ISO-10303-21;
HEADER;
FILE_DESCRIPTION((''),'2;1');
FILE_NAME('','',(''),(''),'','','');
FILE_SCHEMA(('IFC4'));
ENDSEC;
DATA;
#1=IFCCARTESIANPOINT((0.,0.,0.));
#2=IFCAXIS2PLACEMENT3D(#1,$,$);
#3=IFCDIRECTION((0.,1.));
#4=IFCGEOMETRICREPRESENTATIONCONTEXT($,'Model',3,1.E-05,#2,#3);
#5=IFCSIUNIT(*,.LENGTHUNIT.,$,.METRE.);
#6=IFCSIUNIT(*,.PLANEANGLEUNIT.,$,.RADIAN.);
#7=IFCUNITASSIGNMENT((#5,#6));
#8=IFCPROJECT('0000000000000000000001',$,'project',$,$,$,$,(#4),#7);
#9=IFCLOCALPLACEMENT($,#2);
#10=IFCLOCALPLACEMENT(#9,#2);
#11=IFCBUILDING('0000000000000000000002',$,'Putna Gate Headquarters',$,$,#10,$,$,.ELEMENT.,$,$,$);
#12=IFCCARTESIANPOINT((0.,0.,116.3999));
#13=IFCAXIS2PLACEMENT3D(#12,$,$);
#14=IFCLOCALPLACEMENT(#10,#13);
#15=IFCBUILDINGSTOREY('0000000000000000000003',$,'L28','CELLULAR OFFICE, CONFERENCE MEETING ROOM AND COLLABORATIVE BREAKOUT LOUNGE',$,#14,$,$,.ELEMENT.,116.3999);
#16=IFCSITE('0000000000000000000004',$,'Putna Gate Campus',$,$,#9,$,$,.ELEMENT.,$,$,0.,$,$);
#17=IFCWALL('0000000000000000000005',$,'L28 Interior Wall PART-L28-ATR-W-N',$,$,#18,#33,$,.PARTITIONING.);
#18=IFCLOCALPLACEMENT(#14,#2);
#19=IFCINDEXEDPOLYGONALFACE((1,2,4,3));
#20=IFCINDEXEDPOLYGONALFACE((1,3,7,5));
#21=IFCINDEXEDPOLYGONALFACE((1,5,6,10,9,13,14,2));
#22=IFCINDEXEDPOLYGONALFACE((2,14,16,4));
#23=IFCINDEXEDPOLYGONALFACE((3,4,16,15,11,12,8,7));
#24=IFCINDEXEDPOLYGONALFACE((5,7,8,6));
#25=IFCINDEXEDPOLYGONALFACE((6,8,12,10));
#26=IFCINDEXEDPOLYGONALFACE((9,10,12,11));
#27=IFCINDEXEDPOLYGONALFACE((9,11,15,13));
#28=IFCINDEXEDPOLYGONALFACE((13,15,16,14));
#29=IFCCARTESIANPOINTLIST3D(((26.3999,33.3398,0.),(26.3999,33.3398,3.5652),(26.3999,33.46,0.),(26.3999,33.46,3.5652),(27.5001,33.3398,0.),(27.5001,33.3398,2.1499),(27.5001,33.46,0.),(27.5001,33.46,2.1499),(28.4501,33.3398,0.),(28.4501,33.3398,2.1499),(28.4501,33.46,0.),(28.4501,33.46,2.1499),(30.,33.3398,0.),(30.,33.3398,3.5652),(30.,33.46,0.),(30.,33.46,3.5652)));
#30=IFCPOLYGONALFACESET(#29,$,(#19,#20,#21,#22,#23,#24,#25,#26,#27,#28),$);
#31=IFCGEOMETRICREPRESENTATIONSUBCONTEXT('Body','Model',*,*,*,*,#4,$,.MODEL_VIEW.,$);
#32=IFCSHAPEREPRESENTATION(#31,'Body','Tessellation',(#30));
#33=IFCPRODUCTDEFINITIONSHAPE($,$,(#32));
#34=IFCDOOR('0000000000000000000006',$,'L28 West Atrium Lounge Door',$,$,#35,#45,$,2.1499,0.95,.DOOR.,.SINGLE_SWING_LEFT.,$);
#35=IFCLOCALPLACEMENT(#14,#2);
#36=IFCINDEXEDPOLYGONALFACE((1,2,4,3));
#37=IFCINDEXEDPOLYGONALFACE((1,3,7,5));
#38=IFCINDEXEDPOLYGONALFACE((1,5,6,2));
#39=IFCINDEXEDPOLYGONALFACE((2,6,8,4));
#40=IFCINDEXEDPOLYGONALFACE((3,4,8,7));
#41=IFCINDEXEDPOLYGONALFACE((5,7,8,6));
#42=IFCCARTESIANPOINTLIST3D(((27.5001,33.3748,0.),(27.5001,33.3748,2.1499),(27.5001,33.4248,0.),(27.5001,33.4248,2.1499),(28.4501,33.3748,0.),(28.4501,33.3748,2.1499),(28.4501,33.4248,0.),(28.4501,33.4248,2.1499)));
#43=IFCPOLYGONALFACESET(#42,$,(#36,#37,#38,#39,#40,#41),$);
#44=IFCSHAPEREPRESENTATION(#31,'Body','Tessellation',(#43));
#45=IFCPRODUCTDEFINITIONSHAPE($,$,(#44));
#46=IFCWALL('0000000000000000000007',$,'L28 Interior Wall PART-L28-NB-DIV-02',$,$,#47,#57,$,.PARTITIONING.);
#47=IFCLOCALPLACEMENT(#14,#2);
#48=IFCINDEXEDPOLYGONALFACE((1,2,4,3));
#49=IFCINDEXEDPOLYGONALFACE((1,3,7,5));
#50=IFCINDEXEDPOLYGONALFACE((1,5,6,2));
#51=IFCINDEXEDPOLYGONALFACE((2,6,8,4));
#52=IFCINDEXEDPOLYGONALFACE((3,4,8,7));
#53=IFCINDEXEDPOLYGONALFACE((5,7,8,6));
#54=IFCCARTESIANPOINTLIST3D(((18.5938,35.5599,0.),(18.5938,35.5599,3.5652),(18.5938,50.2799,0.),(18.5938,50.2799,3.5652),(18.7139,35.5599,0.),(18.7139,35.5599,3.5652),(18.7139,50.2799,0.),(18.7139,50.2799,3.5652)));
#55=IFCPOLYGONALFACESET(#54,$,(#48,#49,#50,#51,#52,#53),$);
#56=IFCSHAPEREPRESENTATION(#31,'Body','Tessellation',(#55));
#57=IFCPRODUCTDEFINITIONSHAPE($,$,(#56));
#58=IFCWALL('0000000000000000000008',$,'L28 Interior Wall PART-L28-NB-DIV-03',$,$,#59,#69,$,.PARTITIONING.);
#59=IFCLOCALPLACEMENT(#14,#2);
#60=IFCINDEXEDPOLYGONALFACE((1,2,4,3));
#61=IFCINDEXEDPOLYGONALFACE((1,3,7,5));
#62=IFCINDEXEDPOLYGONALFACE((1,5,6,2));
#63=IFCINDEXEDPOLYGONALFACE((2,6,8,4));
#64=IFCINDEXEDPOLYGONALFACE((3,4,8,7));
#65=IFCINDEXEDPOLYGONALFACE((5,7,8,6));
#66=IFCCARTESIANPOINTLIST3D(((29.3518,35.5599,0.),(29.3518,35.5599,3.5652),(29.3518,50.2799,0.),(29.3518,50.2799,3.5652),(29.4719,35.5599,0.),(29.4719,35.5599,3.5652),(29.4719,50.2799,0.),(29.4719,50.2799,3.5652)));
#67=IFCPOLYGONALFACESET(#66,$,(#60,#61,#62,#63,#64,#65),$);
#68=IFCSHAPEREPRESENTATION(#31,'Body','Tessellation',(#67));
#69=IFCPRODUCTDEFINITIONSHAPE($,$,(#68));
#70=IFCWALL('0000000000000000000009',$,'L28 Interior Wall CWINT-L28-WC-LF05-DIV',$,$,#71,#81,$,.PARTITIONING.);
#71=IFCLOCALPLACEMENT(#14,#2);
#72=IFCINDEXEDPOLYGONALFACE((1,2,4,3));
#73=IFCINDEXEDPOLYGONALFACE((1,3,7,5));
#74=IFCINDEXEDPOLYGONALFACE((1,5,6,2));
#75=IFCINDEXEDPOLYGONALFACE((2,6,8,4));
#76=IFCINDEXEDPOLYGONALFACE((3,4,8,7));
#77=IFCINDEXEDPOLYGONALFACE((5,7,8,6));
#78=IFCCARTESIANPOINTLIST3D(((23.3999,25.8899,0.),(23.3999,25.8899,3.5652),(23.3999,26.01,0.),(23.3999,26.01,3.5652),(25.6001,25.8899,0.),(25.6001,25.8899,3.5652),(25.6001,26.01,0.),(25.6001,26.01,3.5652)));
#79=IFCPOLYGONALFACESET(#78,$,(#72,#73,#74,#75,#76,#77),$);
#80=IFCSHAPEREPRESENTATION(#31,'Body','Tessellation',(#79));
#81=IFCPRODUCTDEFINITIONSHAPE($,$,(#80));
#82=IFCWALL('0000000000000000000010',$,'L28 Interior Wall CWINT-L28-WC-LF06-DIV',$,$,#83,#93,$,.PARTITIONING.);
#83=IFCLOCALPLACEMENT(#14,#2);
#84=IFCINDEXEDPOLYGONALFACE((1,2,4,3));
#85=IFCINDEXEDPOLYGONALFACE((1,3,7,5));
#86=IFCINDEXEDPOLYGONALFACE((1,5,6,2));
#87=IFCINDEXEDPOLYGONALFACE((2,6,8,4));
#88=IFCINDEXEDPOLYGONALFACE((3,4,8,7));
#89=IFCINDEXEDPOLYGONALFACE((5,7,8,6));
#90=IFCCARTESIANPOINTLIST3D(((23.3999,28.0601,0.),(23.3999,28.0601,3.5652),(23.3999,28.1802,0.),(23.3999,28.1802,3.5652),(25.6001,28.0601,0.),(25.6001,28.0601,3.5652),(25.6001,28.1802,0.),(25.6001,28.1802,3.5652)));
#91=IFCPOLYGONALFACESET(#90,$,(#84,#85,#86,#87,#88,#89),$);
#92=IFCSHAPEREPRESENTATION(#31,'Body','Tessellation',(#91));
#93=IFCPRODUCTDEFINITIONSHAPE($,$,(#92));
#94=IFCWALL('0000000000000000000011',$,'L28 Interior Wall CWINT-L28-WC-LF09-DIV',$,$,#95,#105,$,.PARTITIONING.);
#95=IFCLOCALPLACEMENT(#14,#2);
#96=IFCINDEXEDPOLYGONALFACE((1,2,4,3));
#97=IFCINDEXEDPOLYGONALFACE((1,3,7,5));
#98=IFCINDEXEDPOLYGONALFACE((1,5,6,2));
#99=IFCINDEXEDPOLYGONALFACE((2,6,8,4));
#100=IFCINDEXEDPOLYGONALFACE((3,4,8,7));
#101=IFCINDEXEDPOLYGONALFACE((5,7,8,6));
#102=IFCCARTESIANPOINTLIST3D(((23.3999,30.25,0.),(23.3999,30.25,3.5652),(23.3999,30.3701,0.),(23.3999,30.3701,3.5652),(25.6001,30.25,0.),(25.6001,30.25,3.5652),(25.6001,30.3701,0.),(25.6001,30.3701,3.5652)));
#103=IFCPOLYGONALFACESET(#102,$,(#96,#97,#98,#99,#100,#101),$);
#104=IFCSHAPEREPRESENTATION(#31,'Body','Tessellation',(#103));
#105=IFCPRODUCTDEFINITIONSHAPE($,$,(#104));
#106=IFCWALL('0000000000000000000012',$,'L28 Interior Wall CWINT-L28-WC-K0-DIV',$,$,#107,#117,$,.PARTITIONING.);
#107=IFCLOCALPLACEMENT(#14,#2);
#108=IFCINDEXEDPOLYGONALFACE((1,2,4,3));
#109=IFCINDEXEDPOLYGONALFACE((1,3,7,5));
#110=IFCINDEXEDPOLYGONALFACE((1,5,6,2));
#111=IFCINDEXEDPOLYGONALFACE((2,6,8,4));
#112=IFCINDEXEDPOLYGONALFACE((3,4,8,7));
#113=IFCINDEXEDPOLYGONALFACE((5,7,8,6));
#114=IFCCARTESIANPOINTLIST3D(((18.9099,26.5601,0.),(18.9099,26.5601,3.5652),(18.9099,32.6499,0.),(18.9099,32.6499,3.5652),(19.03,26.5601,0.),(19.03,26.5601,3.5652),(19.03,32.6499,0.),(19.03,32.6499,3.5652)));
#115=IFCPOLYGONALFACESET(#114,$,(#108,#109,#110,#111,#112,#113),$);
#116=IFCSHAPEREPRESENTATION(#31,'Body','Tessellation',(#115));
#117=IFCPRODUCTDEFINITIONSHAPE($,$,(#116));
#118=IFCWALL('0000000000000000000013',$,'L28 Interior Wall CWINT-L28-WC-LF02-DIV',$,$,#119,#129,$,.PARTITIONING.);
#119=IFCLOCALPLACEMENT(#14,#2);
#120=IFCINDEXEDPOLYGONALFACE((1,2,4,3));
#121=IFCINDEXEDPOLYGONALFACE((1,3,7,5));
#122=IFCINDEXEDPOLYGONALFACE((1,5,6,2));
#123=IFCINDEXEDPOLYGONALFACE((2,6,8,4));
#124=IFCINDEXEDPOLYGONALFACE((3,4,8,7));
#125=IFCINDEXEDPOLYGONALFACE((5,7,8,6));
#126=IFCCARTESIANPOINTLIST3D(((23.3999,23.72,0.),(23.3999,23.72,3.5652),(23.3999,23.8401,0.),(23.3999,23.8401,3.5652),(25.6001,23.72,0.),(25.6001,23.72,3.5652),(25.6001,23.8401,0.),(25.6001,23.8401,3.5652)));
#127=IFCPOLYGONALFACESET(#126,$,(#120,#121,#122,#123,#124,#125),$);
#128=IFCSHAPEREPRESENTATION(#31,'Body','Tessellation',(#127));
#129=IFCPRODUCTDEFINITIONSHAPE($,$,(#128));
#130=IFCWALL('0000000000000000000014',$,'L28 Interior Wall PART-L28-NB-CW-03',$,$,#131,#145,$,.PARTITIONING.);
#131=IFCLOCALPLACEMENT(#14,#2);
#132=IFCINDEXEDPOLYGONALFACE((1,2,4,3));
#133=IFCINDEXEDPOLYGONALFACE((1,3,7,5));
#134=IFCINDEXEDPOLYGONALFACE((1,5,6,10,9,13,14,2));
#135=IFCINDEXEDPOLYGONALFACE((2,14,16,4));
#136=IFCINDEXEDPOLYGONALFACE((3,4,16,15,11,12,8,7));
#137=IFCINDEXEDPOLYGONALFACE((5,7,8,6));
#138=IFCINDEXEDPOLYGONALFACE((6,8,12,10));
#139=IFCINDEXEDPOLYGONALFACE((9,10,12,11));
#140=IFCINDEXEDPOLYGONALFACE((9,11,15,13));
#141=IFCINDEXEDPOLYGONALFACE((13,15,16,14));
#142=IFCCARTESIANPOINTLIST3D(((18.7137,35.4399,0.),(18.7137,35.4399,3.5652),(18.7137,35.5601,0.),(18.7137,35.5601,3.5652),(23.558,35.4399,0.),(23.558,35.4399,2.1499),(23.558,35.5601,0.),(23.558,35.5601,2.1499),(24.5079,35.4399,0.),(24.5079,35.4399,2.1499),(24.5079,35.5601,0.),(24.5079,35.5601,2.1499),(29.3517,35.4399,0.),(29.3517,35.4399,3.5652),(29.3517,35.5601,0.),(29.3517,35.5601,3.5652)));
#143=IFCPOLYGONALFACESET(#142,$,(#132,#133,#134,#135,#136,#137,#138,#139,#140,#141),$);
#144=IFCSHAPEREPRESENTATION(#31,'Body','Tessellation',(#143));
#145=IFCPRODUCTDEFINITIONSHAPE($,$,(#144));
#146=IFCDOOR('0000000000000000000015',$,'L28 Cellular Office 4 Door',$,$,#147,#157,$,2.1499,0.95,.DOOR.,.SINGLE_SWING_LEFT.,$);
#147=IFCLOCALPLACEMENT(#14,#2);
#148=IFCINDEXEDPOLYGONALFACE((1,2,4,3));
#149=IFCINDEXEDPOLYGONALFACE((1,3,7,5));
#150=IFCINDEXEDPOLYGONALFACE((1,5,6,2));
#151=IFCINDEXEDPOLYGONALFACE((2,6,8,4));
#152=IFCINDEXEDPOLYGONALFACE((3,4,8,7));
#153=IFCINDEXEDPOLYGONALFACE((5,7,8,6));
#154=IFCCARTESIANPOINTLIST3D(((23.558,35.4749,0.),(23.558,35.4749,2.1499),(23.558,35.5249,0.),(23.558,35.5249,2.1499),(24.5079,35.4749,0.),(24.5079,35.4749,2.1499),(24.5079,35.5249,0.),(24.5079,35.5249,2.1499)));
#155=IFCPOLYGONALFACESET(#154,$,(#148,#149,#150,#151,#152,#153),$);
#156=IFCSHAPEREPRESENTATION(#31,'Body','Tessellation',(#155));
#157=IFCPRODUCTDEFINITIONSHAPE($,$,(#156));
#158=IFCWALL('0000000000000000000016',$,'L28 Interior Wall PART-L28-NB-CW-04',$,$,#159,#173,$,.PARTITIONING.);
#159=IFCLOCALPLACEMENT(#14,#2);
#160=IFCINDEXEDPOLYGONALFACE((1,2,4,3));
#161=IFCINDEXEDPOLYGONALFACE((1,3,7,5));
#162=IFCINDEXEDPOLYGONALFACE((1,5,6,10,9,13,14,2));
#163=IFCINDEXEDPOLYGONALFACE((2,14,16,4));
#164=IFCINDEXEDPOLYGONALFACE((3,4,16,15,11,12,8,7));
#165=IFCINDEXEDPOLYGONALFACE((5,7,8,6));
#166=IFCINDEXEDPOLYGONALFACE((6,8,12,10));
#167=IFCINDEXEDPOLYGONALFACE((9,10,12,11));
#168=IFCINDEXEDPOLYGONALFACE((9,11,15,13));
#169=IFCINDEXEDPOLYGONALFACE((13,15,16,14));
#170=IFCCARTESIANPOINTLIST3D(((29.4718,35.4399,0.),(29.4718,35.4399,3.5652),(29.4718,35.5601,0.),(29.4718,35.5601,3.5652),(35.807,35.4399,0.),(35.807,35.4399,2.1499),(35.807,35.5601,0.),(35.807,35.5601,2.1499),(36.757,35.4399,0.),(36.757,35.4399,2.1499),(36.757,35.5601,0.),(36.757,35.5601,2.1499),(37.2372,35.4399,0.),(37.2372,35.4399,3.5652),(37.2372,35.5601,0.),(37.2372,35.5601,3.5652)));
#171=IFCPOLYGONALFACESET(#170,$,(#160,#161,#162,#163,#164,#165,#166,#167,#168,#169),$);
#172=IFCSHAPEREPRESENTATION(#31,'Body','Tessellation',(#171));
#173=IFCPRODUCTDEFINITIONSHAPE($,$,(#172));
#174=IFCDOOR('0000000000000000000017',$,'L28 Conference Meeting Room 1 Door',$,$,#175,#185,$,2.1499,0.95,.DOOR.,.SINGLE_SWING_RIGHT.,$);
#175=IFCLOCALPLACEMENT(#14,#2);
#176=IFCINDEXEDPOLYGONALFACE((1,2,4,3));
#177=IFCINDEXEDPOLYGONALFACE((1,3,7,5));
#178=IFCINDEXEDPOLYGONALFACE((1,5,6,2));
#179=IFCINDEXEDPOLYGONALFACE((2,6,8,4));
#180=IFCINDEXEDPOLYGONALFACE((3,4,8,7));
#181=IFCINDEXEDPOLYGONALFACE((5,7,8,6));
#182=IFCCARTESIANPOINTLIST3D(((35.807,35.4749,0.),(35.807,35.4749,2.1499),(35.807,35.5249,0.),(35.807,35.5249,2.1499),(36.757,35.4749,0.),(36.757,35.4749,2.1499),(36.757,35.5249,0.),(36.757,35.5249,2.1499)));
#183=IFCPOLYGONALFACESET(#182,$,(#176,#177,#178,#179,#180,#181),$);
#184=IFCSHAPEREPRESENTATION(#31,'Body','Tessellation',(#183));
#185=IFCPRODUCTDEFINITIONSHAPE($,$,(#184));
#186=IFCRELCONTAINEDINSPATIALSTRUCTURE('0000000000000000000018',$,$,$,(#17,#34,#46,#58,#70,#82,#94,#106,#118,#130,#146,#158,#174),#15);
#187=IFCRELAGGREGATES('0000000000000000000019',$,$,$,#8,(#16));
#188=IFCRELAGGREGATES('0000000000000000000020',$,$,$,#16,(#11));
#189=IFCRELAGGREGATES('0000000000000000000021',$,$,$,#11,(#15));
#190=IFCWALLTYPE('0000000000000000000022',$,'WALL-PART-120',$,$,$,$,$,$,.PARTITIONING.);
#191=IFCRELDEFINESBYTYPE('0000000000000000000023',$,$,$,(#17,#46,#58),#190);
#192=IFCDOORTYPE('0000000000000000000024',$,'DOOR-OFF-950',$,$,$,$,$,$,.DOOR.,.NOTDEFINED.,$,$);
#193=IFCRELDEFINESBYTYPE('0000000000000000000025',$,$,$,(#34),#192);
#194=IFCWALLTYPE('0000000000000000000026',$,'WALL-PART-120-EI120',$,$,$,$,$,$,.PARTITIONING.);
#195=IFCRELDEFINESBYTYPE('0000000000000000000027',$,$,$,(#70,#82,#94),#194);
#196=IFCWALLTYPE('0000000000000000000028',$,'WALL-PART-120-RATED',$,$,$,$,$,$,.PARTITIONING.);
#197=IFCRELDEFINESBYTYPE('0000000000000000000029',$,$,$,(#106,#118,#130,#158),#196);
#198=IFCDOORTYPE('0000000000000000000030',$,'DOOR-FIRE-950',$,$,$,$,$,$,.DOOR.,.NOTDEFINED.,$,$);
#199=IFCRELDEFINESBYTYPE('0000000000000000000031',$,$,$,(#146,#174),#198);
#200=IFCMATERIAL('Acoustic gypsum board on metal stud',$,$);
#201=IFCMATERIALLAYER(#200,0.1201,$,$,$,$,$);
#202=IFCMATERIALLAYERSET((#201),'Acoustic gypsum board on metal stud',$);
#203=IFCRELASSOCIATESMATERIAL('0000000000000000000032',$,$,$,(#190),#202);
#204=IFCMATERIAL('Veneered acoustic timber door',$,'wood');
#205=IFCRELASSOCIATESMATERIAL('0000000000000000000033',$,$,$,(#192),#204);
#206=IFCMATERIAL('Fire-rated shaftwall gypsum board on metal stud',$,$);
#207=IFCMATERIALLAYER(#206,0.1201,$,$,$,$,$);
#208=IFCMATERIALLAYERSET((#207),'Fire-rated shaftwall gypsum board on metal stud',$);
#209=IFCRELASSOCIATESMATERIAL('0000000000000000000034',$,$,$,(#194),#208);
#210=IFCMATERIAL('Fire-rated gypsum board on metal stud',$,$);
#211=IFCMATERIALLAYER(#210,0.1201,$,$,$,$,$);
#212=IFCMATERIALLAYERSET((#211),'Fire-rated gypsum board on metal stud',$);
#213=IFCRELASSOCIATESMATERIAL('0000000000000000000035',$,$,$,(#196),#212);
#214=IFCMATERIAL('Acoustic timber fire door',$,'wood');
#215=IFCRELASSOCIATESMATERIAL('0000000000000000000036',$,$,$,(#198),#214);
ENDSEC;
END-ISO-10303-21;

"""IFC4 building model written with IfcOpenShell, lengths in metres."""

from ifc_helpers import new_model, si_unit, direction, frame, frame_2d, origin, place, context, subcontext, project, spatial, rectangle, extrude, material, layer, layer_set, type_object, element, fill, save


model = new_model("IFC4")

# Units and contexts
model_context = context("Model", 3, precision=1e-05, world=origin(), true_north=direction((0.0, 1.0)))
body_context = subcontext(model_context, "Body", "Model", "MODEL_VIEW")
ifc_project = project(units=[si_unit("LENGTHUNIT", "METRE"), si_unit("PLANEANGLEUNIT", "RADIAN")], contexts=[model_context])

# Site, building, storey
site_placement = place(None, origin())
site = spatial("IfcSite", under=ifc_project, at=site_placement, Name="Putna Gate Campus", CompositionType="ELEMENT", RefElevation=0.0)
building_placement = place(site_placement, origin())
building = spatial("IfcBuilding", under=site, at=building_placement, Name="Putna Gate Headquarters", CompositionType="ELEMENT")
storey_placement = place(building_placement, frame((0.0, 0.0, 116.3999)))
storey = spatial("IfcBuildingStorey", under=building, at=storey_placement, Name="L28", Description="CELLULAR OFFICE, CONFERENCE MEETING ROOM AND COLLABORATIVE BREAKOUT LOUNGE", CompositionType="ELEMENT", Elevation=116.3999)

# Wall, opening, door
ifc_material_1 = material(Name="Acoustic gypsum board on metal stud")
ifc_layer_1 = layer(ifc_material_1, 0.1201)
ifc_layer_set_1 = layer_set([ifc_layer_1], Name="Acoustic gypsum board on metal stud")
wall_type_1 = type_object("IfcWallType", Name="WALL-PART-120", PredefinedType="PARTITIONING", material=ifc_layer_set_1)
wall_1_placement = place(storey_placement, frame((26.3999, 33.3999, 0.0), z_axis=(0.0, 0.0, 1.0), x_axis=(1.0, 0.0, 0.0)))
wall_1 = element("IfcWall", 1, at=wall_1_placement, inside=storey, type_object=wall_type_1, Name="L28 Interior Wall PART-L28-ATR-W-N", PredefinedType="PARTITIONING", context=body_context, shape_type="SweptSolid", body=[
    extrude(rectangle(XDim=3.6001, YDim=0.1201, at=frame_2d((1.8, 0.0))), origin(), (0.0, 0.0, 1.0), 3.5652),
])
opening_1_placement = place(wall_1_placement, frame((1.1001, 0.0, 0.0)))
opening_1 = element("IfcOpeningElement", 2, at=opening_1_placement, cuts=wall_1, PredefinedType="OPENING", context=body_context, shape_type="SweptSolid", body=[
    extrude(rectangle(XDim=0.95, YDim=2.1499, at=frame_2d((0.4751, 1.075))), frame((0.0, 0.0701, 0.0), z_axis=(0.0, -1.0, 0.0), x_axis=(1.0, 0.0, 0.0)), (0.0, 0.0, 1.0), 0.1401),
])
ifc_material_2 = material(Name="Veneered acoustic timber door", Category="wood")
door_type_1 = type_object("IfcDoorType", Name="DOOR-OFF-950", OperationType="NOTDEFINED", PredefinedType="DOOR", material=ifc_material_2)
door_1_placement = place(opening_1_placement, origin())
door_1 = element("IfcDoor", 3, at=door_1_placement, inside=storey, type_object=door_type_1, Name="L28 West Atrium Lounge Door", OperationType="SINGLE_SWING_LEFT", OverallHeight=2.1499, OverallWidth=0.95, PredefinedType="DOOR", context=body_context, shape_type="SweptSolid", body=[
    extrude(rectangle(XDim=0.95, YDim=2.1499, at=frame_2d((0.4751, 1.075))), frame((0.0, 0.0249, 0.0), z_axis=(0.0, -1.0, 0.0), x_axis=(1.0, 0.0, 0.0)), (0.0, 0.0, 1.0), 0.05),
])
fill(opening_1, door_1)

# Walls
for number, where, z_axis, x_axis, name in (
    (4, (18.6538, 35.5601, 0.0), (0.0, 0.0, 1.0), (0.0, 1.0, 0.0), "L28 Interior Wall PART-L28-NB-DIV-02"),
    (5, (29.4119, 35.5601, 0.0), (0.0, 0.0, 1.0), (0.0, 1.0, 0.0), "L28 Interior Wall PART-L28-NB-DIV-03"),
):
    element("IfcWall", number, at=place(storey_placement, frame(where, z_axis=z_axis, x_axis=x_axis)), inside=storey, type_object=wall_type_1, Name=name, PredefinedType="PARTITIONING", context=body_context, shape_type="SweptSolid", body=[
        extrude(rectangle(XDim=14.72, YDim=0.1201, at=frame_2d((7.3599, 0.0))), origin(), (0.0, 0.0, 1.0), 3.5652),
    ])
ifc_material_3 = material(Name="Fire-rated shaftwall gypsum board on metal stud")
ifc_layer_2 = layer(ifc_material_3, 0.1201)
ifc_layer_set_2 = layer_set([ifc_layer_2], Name="Fire-rated shaftwall gypsum board on metal stud")
wall_type_2 = type_object("IfcWallType", Name="WALL-PART-120-EI120", PredefinedType="PARTITIONING", material=ifc_layer_set_2)
for number, where, z_axis, x_axis, name in (
    (6, (23.3999, 25.95, 0.0), (0.0, 0.0, 1.0), (1.0, 0.0, 0.0), "L28 Interior Wall CWINT-L28-WC-LF05-DIV"),
    (7, (23.3999, 28.1201, 0.0), (0.0, 0.0, 1.0), (1.0, 0.0, 0.0), "L28 Interior Wall CWINT-L28-WC-LF06-DIV"),
    (8, (23.3999, 30.3101, 0.0), (0.0, 0.0, 1.0), (1.0, 0.0, 0.0), "L28 Interior Wall CWINT-L28-WC-LF09-DIV"),
):
    element("IfcWall", number, at=place(storey_placement, frame(where, z_axis=z_axis, x_axis=x_axis)), inside=storey, type_object=wall_type_2, Name=name, PredefinedType="PARTITIONING", context=body_context, shape_type="SweptSolid", body=[
        extrude(rectangle(XDim=2.2002, YDim=0.1201, at=frame_2d((1.1001, 0.0))), origin(), (0.0, 0.0, 1.0), 3.5652),
    ])
ifc_material_4 = material(Name="Fire-rated gypsum board on metal stud")
ifc_layer_3 = layer(ifc_material_4, 0.1201)
ifc_layer_set_3 = layer_set([ifc_layer_3], Name="Fire-rated gypsum board on metal stud")
wall_type_3 = type_object("IfcWallType", Name="WALL-PART-120-RATED", PredefinedType="PARTITIONING", material=ifc_layer_set_3)
wall_2_placement = place(storey_placement, frame((18.97, 26.5601, 0.0), z_axis=(0.0, 0.0, 1.0), x_axis=(0.0, 1.0, 0.0)))
element("IfcWall", 9, at=wall_2_placement, inside=storey, type_object=wall_type_3, Name="L28 Interior Wall CWINT-L28-WC-K0-DIV", PredefinedType="PARTITIONING", context=body_context, shape_type="SweptSolid", body=[
    extrude(rectangle(XDim=6.0898, YDim=0.1201, at=frame_2d((3.0449, 0.0))), origin(), (0.0, 0.0, 1.0), 3.5652),
])
wall_3_placement = place(storey_placement, frame((23.3999, 23.78, 0.0), z_axis=(0.0, 0.0, 1.0), x_axis=(1.0, 0.0, 0.0)))
element("IfcWall", 10, at=wall_3_placement, inside=storey, type_object=wall_type_3, Name="L28 Interior Wall CWINT-L28-WC-LF02-DIV", PredefinedType="PARTITIONING", context=body_context, shape_type="SweptSolid", body=[
    extrude(rectangle(XDim=2.2002, YDim=0.1201, at=frame_2d((1.1001, 0.0))), origin(), (0.0, 0.0, 1.0), 3.5652),
])

# Walls, openings, doors
wall_4_placement = place(storey_placement, frame((18.7139, 35.5, 0.0), z_axis=(0.0, 0.0, 1.0), x_axis=(1.0, 0.0, 0.0)))
wall_4 = element("IfcWall", 11, at=wall_4_placement, inside=storey, type_object=wall_type_3, Name="L28 Interior Wall PART-L28-NB-CW-03", PredefinedType="PARTITIONING", context=body_context, shape_type="SweptSolid", body=[
    extrude(rectangle(XDim=10.6379, YDim=0.1201, at=frame_2d((5.3188, 0.0))), origin(), (0.0, 0.0, 1.0), 3.5652),
])
opening_2_placement = place(wall_4_placement, frame((4.844, 0.0, 0.0)))
opening_2 = element("IfcOpeningElement", 12, at=opening_2_placement, cuts=wall_4, PredefinedType="OPENING", context=body_context, shape_type="SweptSolid", body=[
    extrude(rectangle(XDim=0.95, YDim=2.1499, at=frame_2d((0.4751, 1.075))), frame((0.0, 0.0701, 0.0), z_axis=(0.0, -1.0, 0.0), x_axis=(1.0, 0.0, 0.0)), (0.0, 0.0, 1.0), 0.1401),
])
ifc_material_5 = material(Name="Acoustic timber fire door", Category="wood")
door_type_2 = type_object("IfcDoorType", Name="DOOR-FIRE-950", OperationType="NOTDEFINED", PredefinedType="DOOR", material=ifc_material_5)
door_2_placement = place(opening_2_placement, origin())
door_2 = element("IfcDoor", 13, at=door_2_placement, inside=storey, type_object=door_type_2, Name="L28 Cellular Office 4 Door", OperationType="SINGLE_SWING_LEFT", OverallHeight=2.1499, OverallWidth=0.95, PredefinedType="DOOR", context=body_context, shape_type="SweptSolid", body=[
    extrude(rectangle(XDim=0.95, YDim=2.1499, at=frame_2d((0.4751, 1.075))), frame((0.0, 0.0249, 0.0), z_axis=(0.0, -1.0, 0.0), x_axis=(1.0, 0.0, 0.0)), (0.0, 0.0, 1.0), 0.05),
])
fill(opening_2, door_2)
wall_5_placement = place(storey_placement, frame((29.4717, 35.5, 0.0), z_axis=(0.0, 0.0, 1.0), x_axis=(1.0, 0.0, 0.0)))
wall_5 = element("IfcWall", 14, at=wall_5_placement, inside=storey, type_object=wall_type_3, Name="L28 Interior Wall PART-L28-NB-CW-04", PredefinedType="PARTITIONING", context=body_context, shape_type="SweptSolid", body=[
    extrude(rectangle(XDim=7.7654, YDim=0.1201, at=frame_2d((3.8828, 0.0))), origin(), (0.0, 0.0, 1.0), 3.5652),
])
opening_3_placement = place(wall_5_placement, frame((6.3352, 0.0, 0.0)))
opening_3 = element("IfcOpeningElement", 15, at=opening_3_placement, cuts=wall_5, PredefinedType="OPENING", context=body_context, shape_type="SweptSolid", body=[
    extrude(rectangle(XDim=0.95, YDim=2.1499, at=frame_2d((0.4751, 1.075))), frame((0.0, 0.0701, 0.0), z_axis=(0.0, -1.0, 0.0), x_axis=(1.0, 0.0, 0.0)), (0.0, 0.0, 1.0), 0.1401),
])
door_3_placement = place(opening_3_placement, origin())
door_3 = element("IfcDoor", 16, at=door_3_placement, inside=storey, type_object=door_type_2, Name="L28 Conference Meeting Room 1 Door", OperationType="SINGLE_SWING_RIGHT", OverallHeight=2.1499, OverallWidth=0.95, PredefinedType="DOOR", context=body_context, shape_type="SweptSolid", body=[
    extrude(rectangle(XDim=0.95, YDim=2.1499, at=frame_2d((0.4751, 1.075))), frame((0.0, 0.0249, 0.0), z_axis=(0.0, -1.0, 0.0), x_axis=(1.0, 0.0, 0.0)), (0.0, 0.0, 1.0), 0.05),
])
fill(opening_3, door_3)

save(model, "model.ifc")
